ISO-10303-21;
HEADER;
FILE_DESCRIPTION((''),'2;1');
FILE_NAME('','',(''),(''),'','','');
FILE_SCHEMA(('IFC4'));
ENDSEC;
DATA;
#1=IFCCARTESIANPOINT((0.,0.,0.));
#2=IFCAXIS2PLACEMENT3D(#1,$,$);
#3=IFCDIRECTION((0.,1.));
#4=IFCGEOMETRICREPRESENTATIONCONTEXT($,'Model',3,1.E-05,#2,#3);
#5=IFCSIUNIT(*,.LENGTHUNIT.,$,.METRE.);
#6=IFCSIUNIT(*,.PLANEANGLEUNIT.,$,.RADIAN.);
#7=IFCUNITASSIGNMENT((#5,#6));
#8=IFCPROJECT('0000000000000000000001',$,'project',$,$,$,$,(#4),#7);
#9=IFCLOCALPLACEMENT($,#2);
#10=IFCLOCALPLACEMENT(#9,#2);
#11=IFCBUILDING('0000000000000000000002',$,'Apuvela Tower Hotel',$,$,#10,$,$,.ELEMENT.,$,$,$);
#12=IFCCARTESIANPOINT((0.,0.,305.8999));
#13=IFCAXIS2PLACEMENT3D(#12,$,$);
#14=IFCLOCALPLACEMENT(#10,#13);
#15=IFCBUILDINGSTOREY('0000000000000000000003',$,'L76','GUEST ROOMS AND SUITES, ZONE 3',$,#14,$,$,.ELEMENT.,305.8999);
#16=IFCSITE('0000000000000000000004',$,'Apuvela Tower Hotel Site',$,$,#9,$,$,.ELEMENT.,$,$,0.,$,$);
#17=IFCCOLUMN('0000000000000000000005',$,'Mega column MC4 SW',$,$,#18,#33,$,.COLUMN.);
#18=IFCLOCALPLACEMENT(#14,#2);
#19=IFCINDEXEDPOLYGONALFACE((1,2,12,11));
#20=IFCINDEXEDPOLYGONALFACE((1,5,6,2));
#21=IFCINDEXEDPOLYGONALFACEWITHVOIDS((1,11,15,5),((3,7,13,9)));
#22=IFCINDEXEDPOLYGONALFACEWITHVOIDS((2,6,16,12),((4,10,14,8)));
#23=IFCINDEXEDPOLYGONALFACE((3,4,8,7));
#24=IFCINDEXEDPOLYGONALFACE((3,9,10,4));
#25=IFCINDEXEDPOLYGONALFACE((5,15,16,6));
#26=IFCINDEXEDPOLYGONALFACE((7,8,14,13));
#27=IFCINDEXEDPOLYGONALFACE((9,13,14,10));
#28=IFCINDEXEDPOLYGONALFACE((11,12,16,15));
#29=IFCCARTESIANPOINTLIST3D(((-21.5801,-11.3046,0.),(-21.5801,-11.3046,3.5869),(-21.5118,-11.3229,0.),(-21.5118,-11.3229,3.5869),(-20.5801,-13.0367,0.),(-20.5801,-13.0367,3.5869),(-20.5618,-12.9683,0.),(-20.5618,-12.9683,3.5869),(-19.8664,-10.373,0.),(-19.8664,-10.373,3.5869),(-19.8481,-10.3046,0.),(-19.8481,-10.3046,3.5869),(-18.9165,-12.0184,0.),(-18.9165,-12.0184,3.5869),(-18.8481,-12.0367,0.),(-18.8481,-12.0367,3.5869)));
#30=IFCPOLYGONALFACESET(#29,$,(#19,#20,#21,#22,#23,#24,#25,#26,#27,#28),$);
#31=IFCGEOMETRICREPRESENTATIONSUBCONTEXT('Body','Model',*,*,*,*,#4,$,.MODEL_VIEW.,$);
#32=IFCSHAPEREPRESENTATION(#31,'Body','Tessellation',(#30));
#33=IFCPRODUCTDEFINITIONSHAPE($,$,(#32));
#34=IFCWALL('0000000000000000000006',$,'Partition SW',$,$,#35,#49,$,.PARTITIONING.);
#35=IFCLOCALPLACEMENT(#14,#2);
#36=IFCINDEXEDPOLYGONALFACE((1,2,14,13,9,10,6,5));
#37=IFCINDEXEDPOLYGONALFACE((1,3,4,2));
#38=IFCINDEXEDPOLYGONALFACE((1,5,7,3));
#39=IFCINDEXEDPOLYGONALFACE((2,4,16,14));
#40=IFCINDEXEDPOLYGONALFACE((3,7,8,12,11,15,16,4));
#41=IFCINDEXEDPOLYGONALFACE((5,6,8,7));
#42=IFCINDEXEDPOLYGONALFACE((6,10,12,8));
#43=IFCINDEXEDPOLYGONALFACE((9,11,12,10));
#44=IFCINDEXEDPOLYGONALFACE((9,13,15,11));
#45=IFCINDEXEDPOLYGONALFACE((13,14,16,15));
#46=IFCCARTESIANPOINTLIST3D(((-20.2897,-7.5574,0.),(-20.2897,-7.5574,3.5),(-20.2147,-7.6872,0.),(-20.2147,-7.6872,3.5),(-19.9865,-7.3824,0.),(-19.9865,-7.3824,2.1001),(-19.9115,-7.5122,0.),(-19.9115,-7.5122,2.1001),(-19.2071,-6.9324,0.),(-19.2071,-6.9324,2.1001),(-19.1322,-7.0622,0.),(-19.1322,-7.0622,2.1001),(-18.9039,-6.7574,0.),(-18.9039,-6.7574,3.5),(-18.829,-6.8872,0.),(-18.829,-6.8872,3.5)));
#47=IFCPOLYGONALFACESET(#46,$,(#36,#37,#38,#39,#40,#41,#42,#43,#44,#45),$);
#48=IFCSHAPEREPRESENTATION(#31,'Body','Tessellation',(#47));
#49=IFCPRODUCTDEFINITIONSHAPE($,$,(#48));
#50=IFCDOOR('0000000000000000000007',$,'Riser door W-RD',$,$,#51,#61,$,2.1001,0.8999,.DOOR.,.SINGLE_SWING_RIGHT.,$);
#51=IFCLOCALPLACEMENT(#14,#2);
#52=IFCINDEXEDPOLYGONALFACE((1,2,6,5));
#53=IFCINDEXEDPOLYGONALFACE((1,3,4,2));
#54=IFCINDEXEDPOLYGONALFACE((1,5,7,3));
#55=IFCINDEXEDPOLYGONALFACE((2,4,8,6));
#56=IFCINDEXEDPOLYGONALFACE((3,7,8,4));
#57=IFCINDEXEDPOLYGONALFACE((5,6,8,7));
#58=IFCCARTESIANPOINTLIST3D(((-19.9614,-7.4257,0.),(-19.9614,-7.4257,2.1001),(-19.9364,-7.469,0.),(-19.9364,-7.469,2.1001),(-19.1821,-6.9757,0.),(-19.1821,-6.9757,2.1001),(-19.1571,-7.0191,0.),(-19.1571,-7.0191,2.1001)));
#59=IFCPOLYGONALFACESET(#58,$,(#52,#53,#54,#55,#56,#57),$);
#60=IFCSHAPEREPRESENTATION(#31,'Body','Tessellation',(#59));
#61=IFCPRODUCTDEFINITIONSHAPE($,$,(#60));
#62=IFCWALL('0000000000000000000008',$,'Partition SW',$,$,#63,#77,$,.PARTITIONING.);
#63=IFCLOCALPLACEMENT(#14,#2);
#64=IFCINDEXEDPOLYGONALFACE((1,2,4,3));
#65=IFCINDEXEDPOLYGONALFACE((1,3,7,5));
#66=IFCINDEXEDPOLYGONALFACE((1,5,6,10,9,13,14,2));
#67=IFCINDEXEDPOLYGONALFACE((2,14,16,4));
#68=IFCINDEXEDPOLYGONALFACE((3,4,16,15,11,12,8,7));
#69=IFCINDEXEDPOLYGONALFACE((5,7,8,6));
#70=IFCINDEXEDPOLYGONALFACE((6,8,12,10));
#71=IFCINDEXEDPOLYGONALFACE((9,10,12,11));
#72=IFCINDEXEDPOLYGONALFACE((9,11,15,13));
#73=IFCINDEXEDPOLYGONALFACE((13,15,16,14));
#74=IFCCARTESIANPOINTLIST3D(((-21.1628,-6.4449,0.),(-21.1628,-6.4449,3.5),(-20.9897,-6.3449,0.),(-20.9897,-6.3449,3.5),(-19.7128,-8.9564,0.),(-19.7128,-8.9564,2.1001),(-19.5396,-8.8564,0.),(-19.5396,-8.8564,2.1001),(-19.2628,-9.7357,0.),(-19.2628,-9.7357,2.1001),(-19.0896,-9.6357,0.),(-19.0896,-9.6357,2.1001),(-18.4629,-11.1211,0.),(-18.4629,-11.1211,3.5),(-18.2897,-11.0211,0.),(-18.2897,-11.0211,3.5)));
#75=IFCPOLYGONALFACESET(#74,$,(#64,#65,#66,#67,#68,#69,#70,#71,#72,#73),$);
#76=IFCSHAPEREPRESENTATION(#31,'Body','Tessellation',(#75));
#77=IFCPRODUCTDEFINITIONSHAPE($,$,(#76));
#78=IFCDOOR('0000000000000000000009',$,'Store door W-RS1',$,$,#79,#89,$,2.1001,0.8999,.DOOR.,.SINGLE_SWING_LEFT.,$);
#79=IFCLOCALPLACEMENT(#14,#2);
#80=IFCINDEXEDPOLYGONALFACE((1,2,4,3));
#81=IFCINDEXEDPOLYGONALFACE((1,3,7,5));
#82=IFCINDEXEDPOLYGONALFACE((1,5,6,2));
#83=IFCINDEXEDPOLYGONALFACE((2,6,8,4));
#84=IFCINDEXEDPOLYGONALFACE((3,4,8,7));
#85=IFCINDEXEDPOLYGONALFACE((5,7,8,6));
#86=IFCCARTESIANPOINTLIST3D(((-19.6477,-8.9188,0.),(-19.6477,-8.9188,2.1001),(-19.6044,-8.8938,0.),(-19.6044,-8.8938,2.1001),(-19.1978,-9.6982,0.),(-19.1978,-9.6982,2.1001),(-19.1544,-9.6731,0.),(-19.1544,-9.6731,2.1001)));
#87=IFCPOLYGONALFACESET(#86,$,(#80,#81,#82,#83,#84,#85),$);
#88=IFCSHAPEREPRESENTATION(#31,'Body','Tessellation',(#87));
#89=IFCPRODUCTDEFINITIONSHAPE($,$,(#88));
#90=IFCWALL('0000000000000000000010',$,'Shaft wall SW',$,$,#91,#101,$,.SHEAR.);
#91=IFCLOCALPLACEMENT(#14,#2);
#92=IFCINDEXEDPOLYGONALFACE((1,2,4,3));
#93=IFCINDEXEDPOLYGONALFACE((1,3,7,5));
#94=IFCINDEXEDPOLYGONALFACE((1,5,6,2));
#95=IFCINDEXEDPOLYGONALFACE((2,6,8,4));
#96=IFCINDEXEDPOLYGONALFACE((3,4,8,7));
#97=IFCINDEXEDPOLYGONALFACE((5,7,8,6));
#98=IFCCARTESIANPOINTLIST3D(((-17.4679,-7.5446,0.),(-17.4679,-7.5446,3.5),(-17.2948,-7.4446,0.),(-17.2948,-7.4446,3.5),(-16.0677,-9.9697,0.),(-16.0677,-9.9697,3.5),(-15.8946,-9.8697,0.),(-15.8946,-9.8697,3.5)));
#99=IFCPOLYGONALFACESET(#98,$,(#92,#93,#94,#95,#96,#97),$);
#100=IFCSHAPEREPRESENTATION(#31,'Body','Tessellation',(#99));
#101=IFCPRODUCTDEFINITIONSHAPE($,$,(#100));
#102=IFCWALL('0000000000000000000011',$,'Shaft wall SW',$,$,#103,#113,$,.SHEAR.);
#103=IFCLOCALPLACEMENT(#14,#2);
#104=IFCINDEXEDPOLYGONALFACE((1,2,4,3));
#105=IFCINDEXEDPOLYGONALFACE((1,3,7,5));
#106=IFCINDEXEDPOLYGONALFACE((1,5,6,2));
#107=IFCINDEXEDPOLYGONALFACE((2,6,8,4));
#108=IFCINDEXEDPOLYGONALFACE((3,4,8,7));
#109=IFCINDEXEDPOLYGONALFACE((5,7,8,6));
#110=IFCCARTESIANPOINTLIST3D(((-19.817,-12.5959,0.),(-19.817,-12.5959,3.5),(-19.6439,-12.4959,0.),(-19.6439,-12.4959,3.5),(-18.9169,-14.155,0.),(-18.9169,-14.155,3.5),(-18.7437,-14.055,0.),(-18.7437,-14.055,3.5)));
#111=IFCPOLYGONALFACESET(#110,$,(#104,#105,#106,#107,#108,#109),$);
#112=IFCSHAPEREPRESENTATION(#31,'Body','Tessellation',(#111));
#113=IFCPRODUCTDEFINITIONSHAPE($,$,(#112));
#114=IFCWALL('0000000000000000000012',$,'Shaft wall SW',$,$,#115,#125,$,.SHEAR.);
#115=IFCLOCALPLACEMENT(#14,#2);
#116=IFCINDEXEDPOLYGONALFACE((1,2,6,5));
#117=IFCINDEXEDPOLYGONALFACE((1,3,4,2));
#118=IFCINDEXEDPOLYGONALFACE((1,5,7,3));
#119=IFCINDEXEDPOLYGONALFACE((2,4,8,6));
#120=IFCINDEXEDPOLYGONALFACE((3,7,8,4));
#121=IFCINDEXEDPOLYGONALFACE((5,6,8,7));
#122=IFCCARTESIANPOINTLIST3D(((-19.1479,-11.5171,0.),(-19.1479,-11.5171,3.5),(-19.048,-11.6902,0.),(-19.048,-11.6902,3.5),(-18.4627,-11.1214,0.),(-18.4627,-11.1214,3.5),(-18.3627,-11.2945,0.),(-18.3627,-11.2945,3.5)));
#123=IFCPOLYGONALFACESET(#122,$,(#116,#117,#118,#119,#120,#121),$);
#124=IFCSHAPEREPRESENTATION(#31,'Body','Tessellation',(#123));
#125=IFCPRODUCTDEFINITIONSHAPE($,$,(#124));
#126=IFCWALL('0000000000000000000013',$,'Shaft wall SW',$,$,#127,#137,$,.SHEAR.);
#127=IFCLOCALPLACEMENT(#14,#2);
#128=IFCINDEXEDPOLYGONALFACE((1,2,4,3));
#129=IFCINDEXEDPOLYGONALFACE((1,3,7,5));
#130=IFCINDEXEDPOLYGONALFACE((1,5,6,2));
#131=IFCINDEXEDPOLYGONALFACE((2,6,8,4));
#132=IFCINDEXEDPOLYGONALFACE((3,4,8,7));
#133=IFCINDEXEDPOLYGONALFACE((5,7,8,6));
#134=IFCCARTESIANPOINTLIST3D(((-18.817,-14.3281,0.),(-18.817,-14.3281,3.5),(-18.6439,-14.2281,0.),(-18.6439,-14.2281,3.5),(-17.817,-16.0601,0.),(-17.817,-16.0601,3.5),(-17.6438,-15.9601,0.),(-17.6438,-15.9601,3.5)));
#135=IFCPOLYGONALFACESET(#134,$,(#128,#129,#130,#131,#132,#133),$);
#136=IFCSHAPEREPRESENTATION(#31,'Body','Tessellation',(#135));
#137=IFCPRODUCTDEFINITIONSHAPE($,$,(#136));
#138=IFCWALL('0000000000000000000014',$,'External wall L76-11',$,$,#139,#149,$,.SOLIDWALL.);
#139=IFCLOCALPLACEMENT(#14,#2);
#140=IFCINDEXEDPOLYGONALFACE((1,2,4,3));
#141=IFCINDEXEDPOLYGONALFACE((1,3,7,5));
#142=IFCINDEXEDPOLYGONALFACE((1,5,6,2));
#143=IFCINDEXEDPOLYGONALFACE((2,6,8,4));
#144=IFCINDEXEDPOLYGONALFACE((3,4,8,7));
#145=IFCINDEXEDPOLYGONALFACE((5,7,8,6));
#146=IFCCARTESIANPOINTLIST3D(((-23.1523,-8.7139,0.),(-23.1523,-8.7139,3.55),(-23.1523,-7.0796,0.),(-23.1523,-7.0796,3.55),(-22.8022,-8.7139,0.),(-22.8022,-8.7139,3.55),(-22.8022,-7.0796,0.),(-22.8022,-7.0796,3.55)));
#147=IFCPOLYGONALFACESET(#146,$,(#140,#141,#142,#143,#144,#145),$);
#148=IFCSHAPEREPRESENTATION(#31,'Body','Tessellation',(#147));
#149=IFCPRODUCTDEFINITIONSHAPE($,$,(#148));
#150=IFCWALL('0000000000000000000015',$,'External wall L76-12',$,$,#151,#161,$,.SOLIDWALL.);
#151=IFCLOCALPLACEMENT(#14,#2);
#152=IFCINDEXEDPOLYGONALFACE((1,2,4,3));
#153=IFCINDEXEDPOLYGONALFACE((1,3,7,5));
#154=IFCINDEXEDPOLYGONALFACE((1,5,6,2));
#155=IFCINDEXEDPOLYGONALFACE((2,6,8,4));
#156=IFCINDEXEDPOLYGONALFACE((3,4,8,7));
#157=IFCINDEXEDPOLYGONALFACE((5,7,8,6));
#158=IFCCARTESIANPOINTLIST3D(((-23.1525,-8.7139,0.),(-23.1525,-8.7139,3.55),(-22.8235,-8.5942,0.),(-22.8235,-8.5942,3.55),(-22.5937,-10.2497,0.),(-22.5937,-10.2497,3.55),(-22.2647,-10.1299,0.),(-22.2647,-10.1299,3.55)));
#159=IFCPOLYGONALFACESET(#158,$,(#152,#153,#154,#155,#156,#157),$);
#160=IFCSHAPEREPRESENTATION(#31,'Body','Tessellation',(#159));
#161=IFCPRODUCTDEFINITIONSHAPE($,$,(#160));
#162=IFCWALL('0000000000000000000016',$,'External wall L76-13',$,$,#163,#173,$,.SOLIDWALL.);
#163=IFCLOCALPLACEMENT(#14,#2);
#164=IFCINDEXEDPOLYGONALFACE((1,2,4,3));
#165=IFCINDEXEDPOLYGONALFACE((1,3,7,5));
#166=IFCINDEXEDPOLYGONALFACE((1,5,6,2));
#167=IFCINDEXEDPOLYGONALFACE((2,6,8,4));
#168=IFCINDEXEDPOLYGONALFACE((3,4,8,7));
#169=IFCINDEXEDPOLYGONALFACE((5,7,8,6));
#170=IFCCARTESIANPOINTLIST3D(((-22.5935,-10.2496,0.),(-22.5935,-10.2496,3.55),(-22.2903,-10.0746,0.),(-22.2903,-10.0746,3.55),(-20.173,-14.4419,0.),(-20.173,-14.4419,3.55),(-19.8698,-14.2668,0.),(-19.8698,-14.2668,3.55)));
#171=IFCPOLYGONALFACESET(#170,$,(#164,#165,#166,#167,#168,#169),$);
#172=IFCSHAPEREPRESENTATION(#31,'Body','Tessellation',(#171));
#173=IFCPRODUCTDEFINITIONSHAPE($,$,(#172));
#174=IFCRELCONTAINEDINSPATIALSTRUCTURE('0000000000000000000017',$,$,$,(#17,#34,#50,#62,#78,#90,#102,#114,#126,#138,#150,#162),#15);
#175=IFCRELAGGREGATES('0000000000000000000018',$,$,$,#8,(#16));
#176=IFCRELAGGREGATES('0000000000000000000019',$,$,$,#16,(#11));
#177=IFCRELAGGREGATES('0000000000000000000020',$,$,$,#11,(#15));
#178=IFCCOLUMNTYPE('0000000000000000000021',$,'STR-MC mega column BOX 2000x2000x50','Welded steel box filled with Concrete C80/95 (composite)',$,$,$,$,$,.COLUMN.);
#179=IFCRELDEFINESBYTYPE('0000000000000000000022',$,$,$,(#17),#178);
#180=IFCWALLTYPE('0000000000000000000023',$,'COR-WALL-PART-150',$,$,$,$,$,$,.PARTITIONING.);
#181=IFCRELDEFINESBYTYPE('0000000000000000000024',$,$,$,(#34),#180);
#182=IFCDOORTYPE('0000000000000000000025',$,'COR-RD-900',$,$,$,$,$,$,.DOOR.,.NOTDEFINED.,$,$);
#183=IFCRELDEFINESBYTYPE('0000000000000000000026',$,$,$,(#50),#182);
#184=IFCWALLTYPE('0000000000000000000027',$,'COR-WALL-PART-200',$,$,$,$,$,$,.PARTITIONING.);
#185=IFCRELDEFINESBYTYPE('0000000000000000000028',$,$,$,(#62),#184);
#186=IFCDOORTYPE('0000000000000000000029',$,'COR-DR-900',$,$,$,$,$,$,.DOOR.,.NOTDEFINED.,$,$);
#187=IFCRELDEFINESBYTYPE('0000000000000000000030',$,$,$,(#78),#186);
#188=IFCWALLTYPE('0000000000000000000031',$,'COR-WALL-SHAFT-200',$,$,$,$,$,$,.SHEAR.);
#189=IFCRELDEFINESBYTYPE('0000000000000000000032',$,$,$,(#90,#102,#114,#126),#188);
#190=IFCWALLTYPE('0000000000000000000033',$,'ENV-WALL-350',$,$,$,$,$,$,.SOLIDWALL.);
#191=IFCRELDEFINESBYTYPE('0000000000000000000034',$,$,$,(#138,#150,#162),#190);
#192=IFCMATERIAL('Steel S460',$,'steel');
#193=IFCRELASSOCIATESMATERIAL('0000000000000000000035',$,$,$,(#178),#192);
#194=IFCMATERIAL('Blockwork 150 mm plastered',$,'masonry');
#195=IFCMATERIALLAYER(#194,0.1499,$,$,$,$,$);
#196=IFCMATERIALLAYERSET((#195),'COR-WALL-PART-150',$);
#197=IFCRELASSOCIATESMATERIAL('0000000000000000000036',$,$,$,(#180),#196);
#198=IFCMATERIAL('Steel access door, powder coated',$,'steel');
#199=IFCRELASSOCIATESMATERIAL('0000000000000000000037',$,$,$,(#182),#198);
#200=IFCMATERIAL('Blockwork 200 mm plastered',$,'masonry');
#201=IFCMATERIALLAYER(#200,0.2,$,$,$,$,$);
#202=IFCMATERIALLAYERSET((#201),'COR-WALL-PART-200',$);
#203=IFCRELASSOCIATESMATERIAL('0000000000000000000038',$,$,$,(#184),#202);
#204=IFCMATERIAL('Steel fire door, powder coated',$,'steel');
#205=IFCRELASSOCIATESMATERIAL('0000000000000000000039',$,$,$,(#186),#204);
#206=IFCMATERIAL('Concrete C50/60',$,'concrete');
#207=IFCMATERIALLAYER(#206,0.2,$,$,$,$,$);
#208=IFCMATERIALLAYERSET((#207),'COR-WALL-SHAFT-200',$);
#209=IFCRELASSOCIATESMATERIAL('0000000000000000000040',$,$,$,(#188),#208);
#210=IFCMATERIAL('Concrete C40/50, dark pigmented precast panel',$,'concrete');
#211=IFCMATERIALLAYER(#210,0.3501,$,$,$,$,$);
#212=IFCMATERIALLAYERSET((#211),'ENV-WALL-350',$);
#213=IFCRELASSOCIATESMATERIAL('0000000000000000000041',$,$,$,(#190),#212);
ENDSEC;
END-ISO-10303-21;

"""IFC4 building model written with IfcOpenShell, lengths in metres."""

from ifc_helpers import new_model, si_unit, direction, frame, frame_2d, origin, origin_2d, place, context, subcontext, project, spatial, rectangle, hollow_rectangle, extrude, boolean, halfspace, material, layer, layer_set, material_profile, profile_set, type_object, element, fill, save


model = new_model("IFC4")

# Units and contexts
model_context = context("Model", 3, precision=1e-05, world=origin(), true_north=direction((0.0, 1.0)))
body_context = subcontext(model_context, "Body", "Model", "MODEL_VIEW")
ifc_project = project(units=[si_unit("LENGTHUNIT", "METRE"), si_unit("PLANEANGLEUNIT", "RADIAN")], contexts=[model_context])

# Site, building, storey
site_placement = place(None, origin())
site = spatial("IfcSite", under=ifc_project, at=site_placement, Name="Apuvela Tower Hotel Site", CompositionType="ELEMENT", RefElevation=0.0)
building_placement = place(site_placement, origin())
building = spatial("IfcBuilding", under=site, at=building_placement, Name="Apuvela Tower Hotel", CompositionType="ELEMENT")
storey_placement = place(building_placement, frame((0.0, 0.0, 305.8999)))
storey = spatial("IfcBuildingStorey", under=building, at=storey_placement, Name="L76", Description="GUEST ROOMS AND SUITES, ZONE 3", CompositionType="ELEMENT", Elevation=305.8999)

# Column
ifc_material_1 = material(Name="Steel S460", Category="steel")
ifc_material_profile_1 = material_profile(ifc_material_1, hollow_rectangle(XDim=2.0, YDim=2.0, WallThickness=0.05, at=origin_2d()), Name="BOX 2000x2000x50")
ifc_material_2 = material(Name="Concrete C80/95", Category="concrete")
ifc_material_profile_2 = material_profile(ifc_material_2, rectangle(XDim=1.8999, YDim=1.8999, at=origin_2d()), Name="Concrete C80/95 infill")
ifc_profile_set = profile_set([ifc_material_profile_1, ifc_material_profile_2], Name="Steel S460")
column_type = type_object("IfcColumnType", Name="STR-MC mega column BOX 2000x2000x50", Description="Welded steel box filled with Concrete C80/95 (composite)", PredefinedType="COLUMN", material=ifc_profile_set)
column_placement = place(storey_placement, frame((-20.2141, -11.6707, 0.0), z_axis=(0.0, 0.0, 1.0), x_axis=(-0.5, 0.866025, 0.0)))
element("IfcColumn", 1, at=column_placement, inside=storey, type_object=column_type, Name="Mega column MC4 SW", PredefinedType="COLUMN", context=body_context, shape_type="SweptSolid", body=[
    boolean("DIFFERENCE", extrude(hollow_rectangle(XDim=2.0, YDim=2.0, WallThickness=0.05, at=origin_2d()), origin(), (0.0, 0.0, 1.0), 3.7002), halfspace(frame((0.0, 0.0, 3.5869), z_axis=(0.0, 0.0, 1.0), x_axis=(1.0, 0.0, 0.0)), False)),
])

# Walls, openings, doors
ifc_material_3 = material(Name="Blockwork 150 mm plastered", Category="masonry")
ifc_layer_1 = layer(ifc_material_3, 0.1499)
ifc_layer_set_1 = layer_set([ifc_layer_1], Name="COR-WALL-PART-150")
wall_type_1 = type_object("IfcWallType", Name="COR-WALL-PART-150", PredefinedType="PARTITIONING", material=ifc_layer_set_1)
wall_1_placement = place(storey_placement, frame((-18.8665, -6.8223, 0.0), z_axis=(0.0, 0.0, 1.0), x_axis=(-0.866028, -0.499995, 0.0)))
wall_1 = element("IfcWall", 2, at=wall_1_placement, inside=storey, type_object=wall_type_1, Name="Partition SW", PredefinedType="PARTITIONING", context=body_context, shape_type="SweptSolid", body=[
    extrude(rectangle(XDim=1.6001, YDim=0.1499, at=frame_2d((0.8, 0.0))), origin(), (0.0, 0.0, 1.0), 3.5),
])
opening_1_placement = place(wall_1_placement, frame((0.3501, 0.0, 0.0)))
opening_1 = element("IfcOpeningElement", 3, at=opening_1_placement, cuts=wall_1, PredefinedType="OPENING", context=body_context, shape_type="SweptSolid", body=[
    extrude(rectangle(XDim=0.8999, YDim=2.1001, at=frame_2d((0.45, 1.05))), frame((0.0, 0.085, 0.0), z_axis=(0.0, -1.0, 0.0), x_axis=(1.0, 0.0, 0.0)), (0.0, 0.0, 1.0), 0.1699),
])
ifc_material_4 = material(Name="Steel access door, powder coated", Category="steel")
door_type_1 = type_object("IfcDoorType", Name="COR-RD-900", OperationType="NOTDEFINED", PredefinedType="DOOR", material=ifc_material_4)
door_1_placement = place(opening_1_placement, frame((0.8999, 0.0, 0.0), z_axis=(0.0, 0.0, 1.0), x_axis=(-1.0, 0.0, 0.0)))
door_1 = element("IfcDoor", 4, at=door_1_placement, inside=storey, type_object=door_type_1, Name="Riser door W-RD", OperationType="SINGLE_SWING_RIGHT", OverallHeight=2.1001, OverallWidth=0.8999, PredefinedType="DOOR", context=body_context, shape_type="SweptSolid", body=[
    extrude(rectangle(XDim=0.8999, YDim=2.1001, at=frame_2d((0.45, 1.05))), frame((0.0, 0.0249, 0.0), z_axis=(0.0, -1.0, 0.0), x_axis=(1.0, 0.0, 0.0)), (0.0, 0.0, 1.0), 0.05),
])
fill(opening_1, door_1)
ifc_material_5 = material(Name="Blockwork 200 mm plastered", Category="masonry")
ifc_layer_2 = layer(ifc_material_5, 0.2)
ifc_layer_set_2 = layer_set([ifc_layer_2], Name="COR-WALL-PART-200")
wall_type_2 = type_object("IfcWallType", Name="COR-WALL-PART-200", PredefinedType="PARTITIONING", material=ifc_layer_set_2)
wall_2_placement = place(storey_placement, frame((-21.0762, -6.395, 0.0), z_axis=(0.0, 0.0, 1.0), x_axis=(0.500015, -0.866017, 0.0)))
wall_2 = element("IfcWall", 5, at=wall_2_placement, inside=storey, type_object=wall_type_2, Name="Partition SW", PredefinedType="PARTITIONING", context=body_context, shape_type="SweptSolid", body=[
    extrude(rectangle(XDim=5.3997, YDim=0.2, at=frame_2d((2.6997, 0.0))), origin(), (0.0, 0.0, 1.0), 3.5),
])
opening_2_placement = place(wall_2_placement, frame((2.8999, 0.0, 0.0)))
opening_2 = element("IfcOpeningElement", 6, at=opening_2_placement, cuts=wall_2, PredefinedType="OPENING", context=body_context, shape_type="SweptSolid", body=[
    extrude(rectangle(XDim=0.8999, YDim=2.1001, at=frame_2d((0.45, 1.05))), frame((0.0, 0.1099, 0.0), z_axis=(0.0, -1.0, 0.0), x_axis=(1.0, 0.0, 0.0)), (0.0, 0.0, 1.0), 0.22),
])
ifc_material_6 = material(Name="Steel fire door, powder coated", Category="steel")
door_type_2 = type_object("IfcDoorType", Name="COR-DR-900", OperationType="NOTDEFINED", PredefinedType="DOOR", material=ifc_material_6)
door_2_placement = place(opening_2_placement, frame((0.8999, 0.0, 0.0), z_axis=(0.0, 0.0, 1.0), x_axis=(-1.0, 0.0, 0.0)))
door_2 = element("IfcDoor", 7, at=door_2_placement, inside=storey, type_object=door_type_2, Name="Store door W-RS1", OperationType="SINGLE_SWING_LEFT", OverallHeight=2.1001, OverallWidth=0.8999, PredefinedType="DOOR", context=body_context, shape_type="SweptSolid", body=[
    extrude(rectangle(XDim=0.8999, YDim=2.1001, at=frame_2d((0.45, 1.05))), frame((0.0, 0.0249, 0.0), z_axis=(0.0, -1.0, 0.0), x_axis=(1.0, 0.0, 0.0)), (0.0, 0.0, 1.0), 0.05),
])
fill(opening_2, door_2)

# Walls
ifc_material_7 = material(Name="Concrete C50/60", Category="concrete")
ifc_layer_3 = layer(ifc_material_7, 0.2)
ifc_layer_set_3 = layer_set([ifc_layer_3], Name="COR-WALL-SHAFT-200")
wall_type_3 = type_object("IfcWallType", Name="COR-WALL-SHAFT-200", PredefinedType="SHEAR", material=ifc_layer_set_3)
wall_3_placement = place(storey_placement, frame((-17.3813, -7.4946, 0.0), z_axis=(0.0, 0.0, 1.0), x_axis=(0.500012, -0.866019, 0.0)))
element("IfcWall", 8, at=wall_3_placement, inside=storey, type_object=wall_type_3, Name="Shaft wall SW", PredefinedType="SHEAR", context=body_context, shape_type="SweptSolid", body=[
    extrude(rectangle(XDim=2.8003, YDim=0.2, at=frame_2d((1.4001, 0.0))), origin(), (0.0, 0.0, 1.0), 3.5),
])
wall_4_placement = place(storey_placement, frame((-19.7305, -12.5459, 0.0), z_axis=(0.0, 0.0, 1.0), x_axis=(0.500004, -0.866023, 0.0)))
element("IfcWall", 9, at=wall_4_placement, inside=storey, type_object=wall_type_3, Name="Shaft wall SW", PredefinedType="SHEAR", context=body_context, shape_type="SweptSolid", body=[
    extrude(rectangle(XDim=1.8003, YDim=0.2, at=frame_2d((0.9001, 0.0))), origin(), (0.0, 0.0, 1.0), 3.5),
])
wall_5_placement = place(storey_placement, frame((-18.4128, -11.208, 0.0), z_axis=(0.0, 0.0, 1.0), x_axis=(-0.865975, -0.500087, 0.0)))
element("IfcWall", 10, at=wall_5_placement, inside=storey, type_object=wall_type_3, Name="Shaft wall SW", PredefinedType="SHEAR", context=body_context, shape_type="SweptSolid", body=[
    extrude(rectangle(XDim=0.7913, YDim=0.2, at=frame_2d((0.3955, 0.0))), origin(), (0.0, 0.0, 1.0), 3.5),
])
wall_6_placement = place(storey_placement, frame((-18.7305, -14.2781, 0.0), z_axis=(0.0, 0.0, 1.0), x_axis=(0.500025, -0.866011, 0.0)))
element("IfcWall", 11, at=wall_6_placement, inside=storey, type_object=wall_type_3, Name="Shaft wall SW", PredefinedType="SHEAR", context=body_context, shape_type="SweptSolid", body=[
    extrude(rectangle(XDim=2.0, YDim=0.2, at=frame_2d((1.0, 0.0))), origin(), (0.0, 0.0, 1.0), 3.5),
])
ifc_material_8 = material(Name="Concrete C40/50, dark pigmented precast panel", Category="concrete")
ifc_layer_4 = layer(ifc_material_8, 0.3501)
ifc_layer_set_4 = layer_set([ifc_layer_4], Name="ENV-WALL-350")
wall_type_4 = type_object("IfcWallType", Name="ENV-WALL-350", PredefinedType="SOLIDWALL", material=ifc_layer_set_4)
for number, where, z_axis, x_axis, name in (
    (12, (-22.9773, -7.0796, 0.0), (0.0, 0.0, 1.0), (0.0, -1.0, 0.0), "External wall L76-11"),
    (13, (-22.988, -8.6541, 0.0), (0.0, 0.0, 1.0), (0.341971, -0.939711, 0.0), "External wall L76-12"),
):
    element("IfcWall", number, at=place(storey_placement, frame(where, z_axis=z_axis, x_axis=x_axis)), inside=storey, type_object=wall_type_4, Name=name, PredefinedType="SOLIDWALL", context=body_context, shape_type="SweptSolid", body=[
        extrude(rectangle(XDim=1.6343, YDim=0.3501, at=frame_2d((0.8171, 0.0))), origin(), (0.0, 0.0, 1.0), 3.55),
    ])
wall_7_placement = place(storey_placement, frame((-22.4419, -10.1621, 0.0), z_axis=(0.0, 0.0, 1.0), x_axis=(0.500012, -0.866018, 0.0)))
element("IfcWall", 14, at=wall_7_placement, inside=storey, type_object=wall_type_4, Name="External wall L76-13", PredefinedType="SOLIDWALL", context=body_context, shape_type="SweptSolid", body=[
    extrude(rectangle(XDim=4.8408, YDim=0.3501, at=frame_2d((2.4204, 0.0))), origin(), (0.0, 0.0, 1.0), 3.55),
])

save(model, "model.ifc")
